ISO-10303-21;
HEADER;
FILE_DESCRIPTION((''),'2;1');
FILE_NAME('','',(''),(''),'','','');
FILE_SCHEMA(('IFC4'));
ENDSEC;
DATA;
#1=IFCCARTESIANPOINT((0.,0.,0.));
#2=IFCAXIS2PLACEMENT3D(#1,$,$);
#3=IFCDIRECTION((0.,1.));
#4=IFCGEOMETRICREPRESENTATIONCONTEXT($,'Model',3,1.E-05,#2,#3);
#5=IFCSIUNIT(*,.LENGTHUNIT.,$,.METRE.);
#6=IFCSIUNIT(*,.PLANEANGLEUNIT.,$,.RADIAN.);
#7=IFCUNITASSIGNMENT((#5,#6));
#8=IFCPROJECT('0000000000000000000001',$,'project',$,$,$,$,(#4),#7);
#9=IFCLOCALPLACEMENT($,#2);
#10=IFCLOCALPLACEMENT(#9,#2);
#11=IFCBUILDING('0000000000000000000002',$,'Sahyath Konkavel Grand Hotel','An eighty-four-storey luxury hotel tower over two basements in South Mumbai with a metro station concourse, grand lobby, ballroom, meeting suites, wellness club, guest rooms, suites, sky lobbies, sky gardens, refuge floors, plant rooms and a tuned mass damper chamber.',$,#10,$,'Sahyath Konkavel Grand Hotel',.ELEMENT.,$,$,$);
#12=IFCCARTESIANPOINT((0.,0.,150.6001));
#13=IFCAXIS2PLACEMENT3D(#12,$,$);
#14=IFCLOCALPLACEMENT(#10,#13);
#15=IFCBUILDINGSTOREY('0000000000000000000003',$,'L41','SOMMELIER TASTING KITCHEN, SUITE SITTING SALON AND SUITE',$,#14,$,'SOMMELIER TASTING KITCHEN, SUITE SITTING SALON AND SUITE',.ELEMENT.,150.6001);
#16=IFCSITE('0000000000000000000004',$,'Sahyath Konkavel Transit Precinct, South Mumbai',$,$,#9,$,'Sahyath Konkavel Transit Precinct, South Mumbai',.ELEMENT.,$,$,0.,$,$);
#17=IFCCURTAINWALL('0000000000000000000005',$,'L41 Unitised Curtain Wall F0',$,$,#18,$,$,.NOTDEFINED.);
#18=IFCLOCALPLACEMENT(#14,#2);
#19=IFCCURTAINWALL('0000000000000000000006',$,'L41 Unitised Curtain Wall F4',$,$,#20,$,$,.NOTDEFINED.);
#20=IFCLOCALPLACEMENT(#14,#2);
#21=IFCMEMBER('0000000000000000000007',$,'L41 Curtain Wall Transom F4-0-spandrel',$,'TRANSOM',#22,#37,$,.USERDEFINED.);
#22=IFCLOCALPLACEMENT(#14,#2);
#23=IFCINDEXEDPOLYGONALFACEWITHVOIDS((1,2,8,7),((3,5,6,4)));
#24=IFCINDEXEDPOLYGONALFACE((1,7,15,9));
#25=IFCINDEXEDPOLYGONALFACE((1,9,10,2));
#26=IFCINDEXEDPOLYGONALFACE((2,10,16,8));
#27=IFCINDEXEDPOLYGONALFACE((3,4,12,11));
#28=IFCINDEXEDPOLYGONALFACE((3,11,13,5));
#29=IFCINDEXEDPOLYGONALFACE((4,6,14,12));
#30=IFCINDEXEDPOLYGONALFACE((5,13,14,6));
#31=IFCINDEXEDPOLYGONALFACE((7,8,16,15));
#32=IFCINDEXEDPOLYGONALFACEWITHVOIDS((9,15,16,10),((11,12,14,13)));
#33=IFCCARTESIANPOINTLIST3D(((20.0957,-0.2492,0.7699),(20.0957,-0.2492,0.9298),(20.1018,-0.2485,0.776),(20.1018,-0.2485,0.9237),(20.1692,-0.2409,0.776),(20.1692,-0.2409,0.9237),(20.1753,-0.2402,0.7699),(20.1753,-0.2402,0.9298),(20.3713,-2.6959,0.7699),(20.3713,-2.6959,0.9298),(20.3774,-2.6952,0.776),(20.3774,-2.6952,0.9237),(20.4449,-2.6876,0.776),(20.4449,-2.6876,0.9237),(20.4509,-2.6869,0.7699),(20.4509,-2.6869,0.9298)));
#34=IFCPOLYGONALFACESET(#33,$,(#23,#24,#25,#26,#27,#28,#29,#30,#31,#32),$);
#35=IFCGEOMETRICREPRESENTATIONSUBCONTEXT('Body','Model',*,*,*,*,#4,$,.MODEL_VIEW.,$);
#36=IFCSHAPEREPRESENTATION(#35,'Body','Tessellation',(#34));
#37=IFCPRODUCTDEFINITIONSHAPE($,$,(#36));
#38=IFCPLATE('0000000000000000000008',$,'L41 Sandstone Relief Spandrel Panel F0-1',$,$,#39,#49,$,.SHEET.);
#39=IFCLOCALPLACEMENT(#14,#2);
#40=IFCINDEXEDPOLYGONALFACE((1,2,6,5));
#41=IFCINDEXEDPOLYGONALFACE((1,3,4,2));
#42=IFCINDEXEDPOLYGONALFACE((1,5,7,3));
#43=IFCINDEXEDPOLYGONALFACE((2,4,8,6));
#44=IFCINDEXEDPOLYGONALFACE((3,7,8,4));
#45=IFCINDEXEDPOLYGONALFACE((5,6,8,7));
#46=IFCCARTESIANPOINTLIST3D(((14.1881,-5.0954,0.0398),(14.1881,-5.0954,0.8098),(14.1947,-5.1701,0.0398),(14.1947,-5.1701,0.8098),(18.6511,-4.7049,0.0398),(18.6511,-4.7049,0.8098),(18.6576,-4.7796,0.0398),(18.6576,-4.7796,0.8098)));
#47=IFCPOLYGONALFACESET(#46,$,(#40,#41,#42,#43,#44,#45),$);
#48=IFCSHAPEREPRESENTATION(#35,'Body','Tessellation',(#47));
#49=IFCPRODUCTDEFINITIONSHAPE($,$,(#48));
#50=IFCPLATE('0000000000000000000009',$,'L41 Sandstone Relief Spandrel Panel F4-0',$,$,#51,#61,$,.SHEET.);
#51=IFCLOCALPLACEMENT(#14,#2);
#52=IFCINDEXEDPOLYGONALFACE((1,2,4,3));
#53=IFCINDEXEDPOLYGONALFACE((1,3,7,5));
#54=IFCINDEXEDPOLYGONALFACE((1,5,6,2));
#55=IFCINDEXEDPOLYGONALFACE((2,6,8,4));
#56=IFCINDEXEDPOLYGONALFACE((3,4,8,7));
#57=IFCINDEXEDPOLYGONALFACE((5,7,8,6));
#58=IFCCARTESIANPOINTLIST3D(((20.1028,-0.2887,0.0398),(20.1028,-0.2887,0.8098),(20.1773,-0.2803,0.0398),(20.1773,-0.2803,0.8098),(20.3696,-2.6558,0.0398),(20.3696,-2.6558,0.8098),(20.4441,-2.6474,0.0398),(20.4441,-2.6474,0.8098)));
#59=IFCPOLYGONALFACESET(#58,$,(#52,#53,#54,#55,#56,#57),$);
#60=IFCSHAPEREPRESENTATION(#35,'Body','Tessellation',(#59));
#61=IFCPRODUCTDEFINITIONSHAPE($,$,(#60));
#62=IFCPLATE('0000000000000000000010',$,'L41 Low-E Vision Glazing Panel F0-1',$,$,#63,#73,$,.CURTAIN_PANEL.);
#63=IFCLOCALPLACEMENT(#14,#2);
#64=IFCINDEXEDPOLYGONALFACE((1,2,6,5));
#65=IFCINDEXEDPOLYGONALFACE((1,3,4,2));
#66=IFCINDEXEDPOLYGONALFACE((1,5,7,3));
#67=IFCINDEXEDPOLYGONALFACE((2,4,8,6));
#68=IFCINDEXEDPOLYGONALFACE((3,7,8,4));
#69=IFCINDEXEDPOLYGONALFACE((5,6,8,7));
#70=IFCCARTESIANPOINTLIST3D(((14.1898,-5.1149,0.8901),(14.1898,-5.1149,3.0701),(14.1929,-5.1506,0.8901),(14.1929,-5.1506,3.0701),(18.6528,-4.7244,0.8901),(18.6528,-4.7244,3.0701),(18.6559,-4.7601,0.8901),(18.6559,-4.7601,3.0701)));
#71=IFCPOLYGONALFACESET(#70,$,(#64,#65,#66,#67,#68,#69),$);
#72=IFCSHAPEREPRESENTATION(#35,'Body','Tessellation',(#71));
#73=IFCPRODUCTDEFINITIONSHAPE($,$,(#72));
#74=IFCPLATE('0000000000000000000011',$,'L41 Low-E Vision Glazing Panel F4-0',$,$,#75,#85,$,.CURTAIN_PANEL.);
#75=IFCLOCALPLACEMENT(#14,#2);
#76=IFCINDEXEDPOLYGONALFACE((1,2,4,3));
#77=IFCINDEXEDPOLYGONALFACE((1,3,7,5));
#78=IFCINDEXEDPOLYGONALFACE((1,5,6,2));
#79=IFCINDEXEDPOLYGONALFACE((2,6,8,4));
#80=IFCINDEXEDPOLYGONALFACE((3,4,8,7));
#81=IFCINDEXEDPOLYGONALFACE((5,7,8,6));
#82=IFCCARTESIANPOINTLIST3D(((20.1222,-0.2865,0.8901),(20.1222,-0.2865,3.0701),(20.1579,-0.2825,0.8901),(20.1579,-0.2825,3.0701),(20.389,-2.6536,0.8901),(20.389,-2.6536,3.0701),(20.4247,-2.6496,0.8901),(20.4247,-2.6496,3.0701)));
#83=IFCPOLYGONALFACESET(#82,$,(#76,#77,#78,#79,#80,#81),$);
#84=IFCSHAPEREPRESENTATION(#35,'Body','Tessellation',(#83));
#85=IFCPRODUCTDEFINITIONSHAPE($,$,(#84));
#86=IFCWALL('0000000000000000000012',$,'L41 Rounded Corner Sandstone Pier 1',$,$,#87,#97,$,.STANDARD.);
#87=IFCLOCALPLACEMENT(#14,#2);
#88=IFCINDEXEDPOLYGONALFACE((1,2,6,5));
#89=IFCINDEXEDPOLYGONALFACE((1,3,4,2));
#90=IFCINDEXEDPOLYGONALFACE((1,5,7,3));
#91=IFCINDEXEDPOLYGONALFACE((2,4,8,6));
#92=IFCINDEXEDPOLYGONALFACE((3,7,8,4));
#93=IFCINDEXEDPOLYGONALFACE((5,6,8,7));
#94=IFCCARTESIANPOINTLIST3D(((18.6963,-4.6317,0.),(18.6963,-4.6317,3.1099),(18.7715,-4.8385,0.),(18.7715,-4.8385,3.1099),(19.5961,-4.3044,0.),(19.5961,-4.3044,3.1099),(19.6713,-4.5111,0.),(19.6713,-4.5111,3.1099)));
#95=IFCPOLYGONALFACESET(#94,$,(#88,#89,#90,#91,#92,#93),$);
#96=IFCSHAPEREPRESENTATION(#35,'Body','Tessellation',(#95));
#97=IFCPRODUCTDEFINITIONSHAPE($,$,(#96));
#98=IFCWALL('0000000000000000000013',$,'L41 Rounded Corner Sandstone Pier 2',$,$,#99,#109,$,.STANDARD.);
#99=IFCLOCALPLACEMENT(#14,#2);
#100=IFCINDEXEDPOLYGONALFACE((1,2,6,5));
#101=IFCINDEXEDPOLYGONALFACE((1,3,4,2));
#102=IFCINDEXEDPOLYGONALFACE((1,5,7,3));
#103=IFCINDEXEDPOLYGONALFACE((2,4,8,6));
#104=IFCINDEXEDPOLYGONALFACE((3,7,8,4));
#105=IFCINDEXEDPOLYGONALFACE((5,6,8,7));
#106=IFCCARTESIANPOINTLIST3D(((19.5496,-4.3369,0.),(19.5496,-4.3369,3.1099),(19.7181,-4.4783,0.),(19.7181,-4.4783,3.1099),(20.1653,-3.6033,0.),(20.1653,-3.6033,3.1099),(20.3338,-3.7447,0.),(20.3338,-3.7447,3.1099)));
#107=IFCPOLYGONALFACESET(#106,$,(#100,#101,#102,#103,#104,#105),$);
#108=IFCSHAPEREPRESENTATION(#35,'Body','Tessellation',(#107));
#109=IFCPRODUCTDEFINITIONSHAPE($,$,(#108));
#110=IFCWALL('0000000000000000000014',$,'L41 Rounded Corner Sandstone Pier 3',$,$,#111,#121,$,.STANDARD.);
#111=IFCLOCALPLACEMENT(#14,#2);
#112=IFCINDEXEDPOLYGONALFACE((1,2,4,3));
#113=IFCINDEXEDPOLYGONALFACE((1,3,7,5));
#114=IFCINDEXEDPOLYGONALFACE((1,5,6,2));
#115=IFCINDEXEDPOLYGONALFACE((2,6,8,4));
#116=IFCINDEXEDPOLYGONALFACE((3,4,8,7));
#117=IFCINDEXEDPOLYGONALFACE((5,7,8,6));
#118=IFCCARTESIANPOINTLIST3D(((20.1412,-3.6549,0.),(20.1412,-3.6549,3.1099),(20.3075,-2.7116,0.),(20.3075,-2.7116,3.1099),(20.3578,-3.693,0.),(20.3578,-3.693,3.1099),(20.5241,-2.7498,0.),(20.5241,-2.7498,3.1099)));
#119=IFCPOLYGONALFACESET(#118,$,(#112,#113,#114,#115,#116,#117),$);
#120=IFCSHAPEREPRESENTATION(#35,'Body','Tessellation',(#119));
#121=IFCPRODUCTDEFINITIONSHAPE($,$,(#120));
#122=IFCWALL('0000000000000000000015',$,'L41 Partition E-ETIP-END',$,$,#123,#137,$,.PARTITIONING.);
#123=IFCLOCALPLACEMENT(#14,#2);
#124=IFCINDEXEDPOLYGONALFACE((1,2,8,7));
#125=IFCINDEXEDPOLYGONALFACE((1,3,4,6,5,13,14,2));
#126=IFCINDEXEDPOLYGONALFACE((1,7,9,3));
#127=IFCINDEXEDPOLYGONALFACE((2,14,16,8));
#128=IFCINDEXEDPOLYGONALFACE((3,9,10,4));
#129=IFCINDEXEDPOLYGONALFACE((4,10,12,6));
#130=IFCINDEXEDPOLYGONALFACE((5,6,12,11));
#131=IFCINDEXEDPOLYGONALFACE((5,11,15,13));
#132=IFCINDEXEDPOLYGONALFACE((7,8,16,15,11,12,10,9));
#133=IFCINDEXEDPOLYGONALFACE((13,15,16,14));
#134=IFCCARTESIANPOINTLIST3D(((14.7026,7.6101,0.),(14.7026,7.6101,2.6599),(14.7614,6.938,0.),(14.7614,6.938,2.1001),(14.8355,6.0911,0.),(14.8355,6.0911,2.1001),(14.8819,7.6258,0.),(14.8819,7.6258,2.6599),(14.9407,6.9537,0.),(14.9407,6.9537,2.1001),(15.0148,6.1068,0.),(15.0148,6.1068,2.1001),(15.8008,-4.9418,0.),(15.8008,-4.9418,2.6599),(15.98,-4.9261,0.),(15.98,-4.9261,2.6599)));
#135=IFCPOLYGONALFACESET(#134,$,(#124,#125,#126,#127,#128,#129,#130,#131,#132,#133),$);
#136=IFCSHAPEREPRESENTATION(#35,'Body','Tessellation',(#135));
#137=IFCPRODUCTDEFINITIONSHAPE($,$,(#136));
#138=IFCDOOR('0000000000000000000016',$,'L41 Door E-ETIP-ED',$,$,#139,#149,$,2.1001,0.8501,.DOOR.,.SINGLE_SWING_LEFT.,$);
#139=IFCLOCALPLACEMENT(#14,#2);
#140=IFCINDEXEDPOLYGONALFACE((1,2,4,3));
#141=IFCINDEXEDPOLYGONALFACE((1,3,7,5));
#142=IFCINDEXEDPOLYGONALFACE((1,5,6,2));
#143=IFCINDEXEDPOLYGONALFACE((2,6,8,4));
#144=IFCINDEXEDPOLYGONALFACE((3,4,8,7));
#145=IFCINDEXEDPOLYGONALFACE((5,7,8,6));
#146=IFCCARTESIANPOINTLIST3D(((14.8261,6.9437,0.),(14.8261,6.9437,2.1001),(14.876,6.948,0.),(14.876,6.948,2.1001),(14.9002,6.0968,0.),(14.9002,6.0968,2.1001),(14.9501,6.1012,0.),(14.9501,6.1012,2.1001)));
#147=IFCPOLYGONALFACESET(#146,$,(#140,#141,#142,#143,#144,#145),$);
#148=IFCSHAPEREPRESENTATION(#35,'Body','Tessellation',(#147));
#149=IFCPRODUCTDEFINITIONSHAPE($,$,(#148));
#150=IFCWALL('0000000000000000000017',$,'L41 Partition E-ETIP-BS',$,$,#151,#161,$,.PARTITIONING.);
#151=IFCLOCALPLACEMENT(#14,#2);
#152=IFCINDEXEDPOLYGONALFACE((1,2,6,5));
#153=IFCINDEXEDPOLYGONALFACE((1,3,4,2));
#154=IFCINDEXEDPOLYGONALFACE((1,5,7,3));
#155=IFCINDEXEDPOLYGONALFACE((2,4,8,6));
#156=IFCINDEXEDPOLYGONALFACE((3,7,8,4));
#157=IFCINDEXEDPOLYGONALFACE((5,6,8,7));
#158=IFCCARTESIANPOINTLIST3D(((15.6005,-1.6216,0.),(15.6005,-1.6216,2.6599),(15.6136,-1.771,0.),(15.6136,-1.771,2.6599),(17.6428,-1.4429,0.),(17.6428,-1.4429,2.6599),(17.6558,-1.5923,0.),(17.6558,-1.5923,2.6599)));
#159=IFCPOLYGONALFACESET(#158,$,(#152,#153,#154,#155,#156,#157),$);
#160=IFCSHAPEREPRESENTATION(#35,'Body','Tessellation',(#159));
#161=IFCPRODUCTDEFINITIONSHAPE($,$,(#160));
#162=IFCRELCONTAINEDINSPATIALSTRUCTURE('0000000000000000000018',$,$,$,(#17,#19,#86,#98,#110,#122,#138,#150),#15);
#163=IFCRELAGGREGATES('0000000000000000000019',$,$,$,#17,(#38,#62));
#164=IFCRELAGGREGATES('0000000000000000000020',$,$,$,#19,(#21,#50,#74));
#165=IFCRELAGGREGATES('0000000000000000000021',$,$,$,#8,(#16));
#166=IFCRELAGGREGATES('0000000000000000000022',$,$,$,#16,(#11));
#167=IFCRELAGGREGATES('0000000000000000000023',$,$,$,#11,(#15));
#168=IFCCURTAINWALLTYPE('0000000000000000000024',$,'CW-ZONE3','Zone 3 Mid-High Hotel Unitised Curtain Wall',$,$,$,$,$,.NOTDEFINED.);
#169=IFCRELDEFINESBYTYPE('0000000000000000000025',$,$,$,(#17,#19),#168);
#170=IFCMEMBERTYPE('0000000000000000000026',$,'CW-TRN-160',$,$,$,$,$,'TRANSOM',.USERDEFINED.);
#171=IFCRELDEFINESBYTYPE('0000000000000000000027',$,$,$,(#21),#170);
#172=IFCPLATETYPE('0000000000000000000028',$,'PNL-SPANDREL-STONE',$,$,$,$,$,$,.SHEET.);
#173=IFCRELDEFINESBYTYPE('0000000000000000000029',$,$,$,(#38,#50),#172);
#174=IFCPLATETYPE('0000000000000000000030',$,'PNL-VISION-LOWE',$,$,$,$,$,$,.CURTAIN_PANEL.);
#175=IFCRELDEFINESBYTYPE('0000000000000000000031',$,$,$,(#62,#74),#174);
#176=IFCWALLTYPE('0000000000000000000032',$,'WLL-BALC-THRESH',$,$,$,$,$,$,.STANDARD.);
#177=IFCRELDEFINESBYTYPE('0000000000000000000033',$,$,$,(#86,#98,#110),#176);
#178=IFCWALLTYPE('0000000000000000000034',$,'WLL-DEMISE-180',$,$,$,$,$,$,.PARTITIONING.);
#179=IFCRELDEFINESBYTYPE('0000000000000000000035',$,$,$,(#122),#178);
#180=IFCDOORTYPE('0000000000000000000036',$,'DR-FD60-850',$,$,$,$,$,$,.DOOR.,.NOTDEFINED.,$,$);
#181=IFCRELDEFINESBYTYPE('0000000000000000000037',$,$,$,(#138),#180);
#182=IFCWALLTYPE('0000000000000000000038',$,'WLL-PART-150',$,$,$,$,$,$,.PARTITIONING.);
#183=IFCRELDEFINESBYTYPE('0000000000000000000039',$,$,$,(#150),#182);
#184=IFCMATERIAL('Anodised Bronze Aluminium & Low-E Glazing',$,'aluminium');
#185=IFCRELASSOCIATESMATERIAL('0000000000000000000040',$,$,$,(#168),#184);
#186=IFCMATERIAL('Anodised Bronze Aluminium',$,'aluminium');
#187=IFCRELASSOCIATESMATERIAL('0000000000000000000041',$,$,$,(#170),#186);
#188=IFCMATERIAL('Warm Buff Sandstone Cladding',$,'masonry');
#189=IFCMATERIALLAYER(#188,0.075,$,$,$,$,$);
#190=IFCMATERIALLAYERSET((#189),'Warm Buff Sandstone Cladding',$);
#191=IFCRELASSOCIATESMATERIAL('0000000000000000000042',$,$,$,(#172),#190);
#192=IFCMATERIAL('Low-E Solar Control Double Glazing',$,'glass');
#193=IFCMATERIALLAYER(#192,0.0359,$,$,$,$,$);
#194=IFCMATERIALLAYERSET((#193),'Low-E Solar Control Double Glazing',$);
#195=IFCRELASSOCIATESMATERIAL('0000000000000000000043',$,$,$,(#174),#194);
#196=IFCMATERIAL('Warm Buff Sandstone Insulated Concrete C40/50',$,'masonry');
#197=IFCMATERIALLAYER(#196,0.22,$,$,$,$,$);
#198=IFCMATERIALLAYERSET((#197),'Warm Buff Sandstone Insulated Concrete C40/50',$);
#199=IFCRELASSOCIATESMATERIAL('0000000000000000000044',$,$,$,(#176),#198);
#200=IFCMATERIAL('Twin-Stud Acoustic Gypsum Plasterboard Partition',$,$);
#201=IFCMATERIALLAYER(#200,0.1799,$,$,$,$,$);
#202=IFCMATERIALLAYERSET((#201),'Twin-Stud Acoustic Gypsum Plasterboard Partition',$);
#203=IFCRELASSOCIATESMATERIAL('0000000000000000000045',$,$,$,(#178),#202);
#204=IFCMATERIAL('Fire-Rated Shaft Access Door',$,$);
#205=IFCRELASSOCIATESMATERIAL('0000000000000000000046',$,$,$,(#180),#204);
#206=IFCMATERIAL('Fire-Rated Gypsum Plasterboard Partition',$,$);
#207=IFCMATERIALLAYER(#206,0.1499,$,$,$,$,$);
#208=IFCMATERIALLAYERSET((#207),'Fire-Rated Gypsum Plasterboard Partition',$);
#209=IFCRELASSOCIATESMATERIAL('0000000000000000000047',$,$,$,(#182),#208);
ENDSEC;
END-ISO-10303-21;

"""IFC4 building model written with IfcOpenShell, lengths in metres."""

from ifc_helpers import new_model, si_unit, direction, frame, frame_2d, origin, origin_2d, place, context, subcontext, project, spatial, rectangle, hollow_rectangle, extrude, source, transform, mapped, material, layer, layer_set, material_profile, profile_set, type_object, element, fill, aggregate, save


model = new_model("IFC4")

# Units and contexts
model_context = context("Model", 3, precision=1e-05, world=origin(), true_north=direction((0.0, 1.0)))
body_context = subcontext(model_context, "Body", "Model", "MODEL_VIEW")
ifc_project = project(units=[si_unit("LENGTHUNIT", "METRE"), si_unit("PLANEANGLEUNIT", "RADIAN")], contexts=[model_context])

# Site, building, storey
site_placement = place(None, origin())
site = spatial("IfcSite", under=ifc_project, at=site_placement, Name="Sahyath Konkavel Transit Precinct, South Mumbai", LongName="Sahyath Konkavel Transit Precinct, South Mumbai", CompositionType="ELEMENT", RefElevation=0.0)
building_placement = place(site_placement, origin())
building = spatial("IfcBuilding", under=site, at=building_placement, Name="Sahyath Konkavel Grand Hotel", Description="An eighty-four-storey luxury hotel tower over two basements in South Mumbai with a metro station concourse, grand lobby, ballroom, meeting suites, wellness club, guest rooms, suites, sky lobbies, sky gardens, refuge floors, plant rooms and a tuned mass damper chamber.", LongName="Sahyath Konkavel Grand Hotel", CompositionType="ELEMENT")
storey_placement = place(building_placement, frame((0.0, 0.0, 150.6001)))
storey = spatial("IfcBuildingStorey", under=building, at=storey_placement, Name="L41", Description="SOMMELIER TASTING KITCHEN, SUITE SITTING SALON AND SUITE", LongName="SOMMELIER TASTING KITCHEN, SUITE SITTING SALON AND SUITE", CompositionType="ELEMENT", Elevation=150.6001)

# Curtain walls
ifc_material_1 = material(Name="Anodised Bronze Aluminium & Low-E Glazing", Category="aluminium")
curtain_wall_type = type_object("IfcCurtainWallType", Name="CW-ZONE3", Description="Zone 3 Mid-High Hotel Unitised Curtain Wall", PredefinedType="NOTDEFINED", material=ifc_material_1)
curtain_wall_1_placement = place(storey_placement, origin())
curtain_wall_1 = element("IfcCurtainWall", 1, at=curtain_wall_1_placement, inside=storey, type_object=curtain_wall_type, Name="L41 Unitised Curtain Wall F0", PredefinedType="NOTDEFINED")
ifc_material_2 = material(Name="Anodised Bronze Aluminium", Category="aluminium")
curtain_wall_2_placement = place(storey_placement, origin())
curtain_wall_2 = element("IfcCurtainWall", 2, at=curtain_wall_2_placement, inside=storey, type_object=curtain_wall_type, Name="L41 Unitised Curtain Wall F4", PredefinedType="NOTDEFINED")

# Member
ifc_material_profile_1 = material_profile(ifc_material_2, hollow_rectangle(XDim=0.0801, YDim=0.1599, WallThickness=0.0061, at=origin_2d()), Name="RHS 160x80x6")
ifc_profile_set_1 = profile_set([ifc_material_profile_1], Name="Anodised Bronze Aluminium")
member_type_1 = type_object("IfcMemberType", Name="CW-TRN-160", ElementType="TRANSOM", PredefinedType="USERDEFINED", material=ifc_profile_set_1)
shared_shape_1 = source(origin(), body_context, "Body", "SweptSolid", [
    extrude(hollow_rectangle(XDim=0.0801, YDim=0.1599, WallThickness=0.0061, at=origin_2d()), origin(), (0.0, 0.0, 1.0), 2.4622),
])
member_1_placement = place(storey_placement, frame((20.4111, -2.6914, 0.8499), z_axis=(-0.111944, 0.993715, 0.0), x_axis=(-0.993715, -0.111944, 0.0)))
member_1 = element("IfcMember", 3, at=member_1_placement, type_object=member_type_1, Name="L41 Curtain Wall Transom F4-0-spandrel", ObjectType="TRANSOM", PredefinedType="USERDEFINED", context=body_context, shape_type="MappedRepresentation", body=[
    mapped(shared_shape_1, transform((0.0, 0.0, 0.0), scale=1.0)),
])

# Plates
ifc_material_3 = material(Name="Warm Buff Sandstone Cladding", Category="masonry")
ifc_layer_1 = layer(ifc_material_3, 0.075)
ifc_layer_set_1 = layer_set([ifc_layer_1], Name="Warm Buff Sandstone Cladding")
plate_type_1 = type_object("IfcPlateType", Name="PNL-SPANDREL-STONE", PredefinedType="SHEET", material=ifc_layer_set_1)
shared_shape_2 = source(origin(), body_context, "Body", "SweptSolid", [
    extrude(rectangle(XDim=4.48, YDim=0.075, at=origin_2d()), origin(), (0.0, 0.0, 1.0), 0.77),
])
plate_1_placement = place(storey_placement, frame((16.4229, -4.9375, 0.0398), z_axis=(0.0, 0.0, 1.0), x_axis=(0.996195, 0.087156, 0.0)))
plate_1 = element("IfcPlate", 4, at=plate_1_placement, type_object=plate_type_1, Name="L41 Sandstone Relief Spandrel Panel F0-1", PredefinedType="SHEET", context=body_context, shape_type="MappedRepresentation", body=[
    mapped(shared_shape_2, transform((0.0, 0.0, 0.0), scale=1.0)),
])
shared_shape_3 = source(origin(), body_context, "Body", "SweptSolid", [
    extrude(rectangle(XDim=2.3821, YDim=0.075, at=origin_2d()), origin(), (0.0, 0.0, 1.0), 0.77),
])
plate_2_placement = place(storey_placement, frame((20.2734, -1.468, 0.0398), z_axis=(0.0, 0.0, 1.0), x_axis=(-0.111989, 0.993709, 0.0)))
plate_2 = element("IfcPlate", 5, at=plate_2_placement, type_object=plate_type_1, Name="L41 Sandstone Relief Spandrel Panel F4-0", PredefinedType="SHEET", context=body_context, shape_type="MappedRepresentation", body=[
    mapped(shared_shape_3, transform((0.0, 0.0, 0.0), scale=1.0)),
])
ifc_material_4 = material(Name="Low-E Solar Control Double Glazing", Category="glass")
ifc_layer_2 = layer(ifc_material_4, 0.0359)
ifc_layer_set_2 = layer_set([ifc_layer_2], Name="Low-E Solar Control Double Glazing")
plate_type_2 = type_object("IfcPlateType", Name="PNL-VISION-LOWE", PredefinedType="CURTAIN_PANEL", material=ifc_layer_set_2)
shared_shape_4 = source(origin(), body_context, "Body", "SweptSolid", [
    extrude(rectangle(XDim=4.48, YDim=0.0359, at=origin_2d()), origin(), (0.0, 0.0, 1.0), 2.1799),
])
plate_3_placement = place(storey_placement, frame((16.4229, -4.9375, 0.8901), z_axis=(0.0, 0.0, 1.0), x_axis=(0.996195, 0.087156, 0.0)))
plate_3 = element("IfcPlate", 6, at=plate_3_placement, type_object=plate_type_2, Name="L41 Low-E Vision Glazing Panel F0-1", PredefinedType="CURTAIN_PANEL", context=body_context, shape_type="MappedRepresentation", body=[
    mapped(shared_shape_4, transform((0.0, 0.0, 0.0), scale=1.0)),
])
aggregate(curtain_wall_1, [plate_1, plate_3])
shared_shape_5 = source(origin(), body_context, "Body", "SweptSolid", [
    extrude(rectangle(XDim=2.3821, YDim=0.0359, at=origin_2d()), origin(), (0.0, 0.0, 1.0), 2.1799),
])
plate_4_placement = place(storey_placement, frame((20.2734, -1.468, 0.8901), z_axis=(0.0, 0.0, 1.0), x_axis=(-0.111989, 0.993709, 0.0)))
plate_4 = element("IfcPlate", 7, at=plate_4_placement, type_object=plate_type_2, Name="L41 Low-E Vision Glazing Panel F4-0", PredefinedType="CURTAIN_PANEL", context=body_context, shape_type="MappedRepresentation", body=[
    mapped(shared_shape_5, transform((0.0, 0.0, 0.0), scale=1.0)),
])
aggregate(curtain_wall_2, [member_1, plate_2, plate_4])

# Walls
ifc_material_5 = material(Name="Warm Buff Sandstone Insulated Concrete C40/50", Category="masonry")
ifc_layer_3 = layer(ifc_material_5, 0.22)
ifc_layer_set_3 = layer_set([ifc_layer_3], Name="Warm Buff Sandstone Insulated Concrete C40/50")
wall_type_1 = type_object("IfcWallType", Name="WLL-BALC-THRESH", PredefinedType="STANDARD", material=ifc_layer_set_3)
wall_1_placement = place(storey_placement, frame((18.7339, -4.7351, 0.0), z_axis=(0.0, 0.0, 1.0), x_axis=(0.939741, 0.341886, 0.0)))
element("IfcWall", 8, at=wall_1_placement, inside=storey, type_object=wall_type_1, Name="L41 Rounded Corner Sandstone Pier 1", PredefinedType="STANDARD", context=body_context, shape_type="SweptSolid", body=[
    extrude(rectangle(XDim=0.9575, YDim=0.22, at=frame_2d((0.4788, 0.0))), origin(), (0.0, 0.0, 1.0), 3.1099),
])
for number, where, z_axis, x_axis, name in (
    (9, (19.6338, -4.4077, 0.0), (0.0, 0.0, 1.0), (0.642863, 0.765981, 0.0), "L41 Rounded Corner Sandstone Pier 2"),
    (10, (20.2495, -3.6741, 0.0), (0.0, 0.0, 1.0), (0.173611, 0.984814, 0.0), "L41 Rounded Corner Sandstone Pier 3"),
):
    element("IfcWall", number, at=place(storey_placement, frame(where, z_axis=z_axis, x_axis=x_axis)), inside=storey, type_object=wall_type_1, Name=name, PredefinedType="STANDARD", context=body_context, shape_type="SweptSolid", body=[
        extrude(rectangle(XDim=0.9578, YDim=0.22, at=frame_2d((0.479, 0.0))), origin(), (0.0, 0.0, 1.0), 3.1099),
    ])

# Wall, opening, door
ifc_material_6 = material(Name="Twin-Stud Acoustic Gypsum Plasterboard Partition")
ifc_layer_4 = layer(ifc_material_6, 0.1799)
ifc_layer_set_4 = layer_set([ifc_layer_4], Name="Twin-Stud Acoustic Gypsum Plasterboard Partition")
wall_type_2 = type_object("IfcWallType", Name="WLL-DEMISE-180", PredefinedType="PARTITIONING", material=ifc_layer_set_4)
wall_2_placement = place(storey_placement, frame((15.8904, -4.9338, 0.0), z_axis=(0.0, 0.0, 1.0), x_axis=(-0.087155, 0.996195, 0.0)))
wall_2 = element("IfcWall", 11, at=wall_2_placement, inside=storey, type_object=wall_type_2, Name="L41 Partition E-ETIP-END", PredefinedType="PARTITIONING", context=body_context, shape_type="SweptSolid", body=[
    extrude(rectangle(XDim=12.5999, YDim=0.1799, at=frame_2d((6.2998, 0.0))), origin(), (0.0, 0.0, 1.0), 2.6599),
])
opening_1_placement = place(wall_2_placement, frame((11.075, 0.0, 0.0)))
opening_1 = element("IfcOpeningElement", 12, at=opening_1_placement, cuts=wall_2, PredefinedType="OPENING", context=body_context, shape_type="SweptSolid", body=[
    extrude(rectangle(XDim=0.8501, YDim=2.1001, at=frame_2d((0.425, 1.05))), frame((0.0, 0.1001, 0.0), z_axis=(0.0, -1.0, 0.0), x_axis=(1.0, 0.0, 0.0)), (0.0, 0.0, 1.0), 0.2),
])
ifc_material_7 = material(Name="Fire-Rated Shaft Access Door")
door_type_1 = type_object("IfcDoorType", Name="DR-FD60-850", OperationType="NOTDEFINED", PredefinedType="DOOR", material=ifc_material_7)
shared_shape_6 = source(origin(), body_context, "Body", "SweptSolid", [
    extrude(rectangle(XDim=0.8501, YDim=0.05, at=origin_2d()), origin(), (0.0, 0.0, 1.0), 2.1001),
])
door_1_placement = place(opening_1_placement, frame((0.425, 0.0, 0.0)))
door_1 = element("IfcDoor", 13, at=door_1_placement, inside=storey, type_object=door_type_1, Name="L41 Door E-ETIP-ED", OperationType="SINGLE_SWING_LEFT", OverallHeight=2.1001, OverallWidth=0.8501, PredefinedType="DOOR", context=body_context, shape_type="MappedRepresentation", body=[
    mapped(shared_shape_6, transform((0.0, 0.0, 0.0), scale=1.0)),
])
fill(opening_1, door_1)

# Wall
ifc_material_8 = material(Name="Fire-Rated Gypsum Plasterboard Partition")
ifc_layer_5 = layer(ifc_material_8, 0.1499)
ifc_layer_set_5 = layer_set([ifc_layer_5], Name="Fire-Rated Gypsum Plasterboard Partition")
wall_type_3 = type_object("IfcWallType", Name="WLL-PART-150", PredefinedType="PARTITIONING", material=ifc_layer_set_5)
wall_3_placement = place(storey_placement, frame((15.6072, -1.6963, 0.0), z_axis=(0.0, 0.0, 1.0), x_axis=(0.996193, 0.087174, 0.0)))
element("IfcWall", 14, at=wall_3_placement, inside=storey, type_object=wall_type_3, Name="L41 Partition E-ETIP-BS", PredefinedType="PARTITIONING", context=body_context, shape_type="SweptSolid", body=[
    extrude(rectangle(XDim=2.05, YDim=0.1499, at=frame_2d((1.0249, 0.0))), origin(), (0.0, 0.0, 1.0), 2.6599),
])

save(model, "model.ifc")
